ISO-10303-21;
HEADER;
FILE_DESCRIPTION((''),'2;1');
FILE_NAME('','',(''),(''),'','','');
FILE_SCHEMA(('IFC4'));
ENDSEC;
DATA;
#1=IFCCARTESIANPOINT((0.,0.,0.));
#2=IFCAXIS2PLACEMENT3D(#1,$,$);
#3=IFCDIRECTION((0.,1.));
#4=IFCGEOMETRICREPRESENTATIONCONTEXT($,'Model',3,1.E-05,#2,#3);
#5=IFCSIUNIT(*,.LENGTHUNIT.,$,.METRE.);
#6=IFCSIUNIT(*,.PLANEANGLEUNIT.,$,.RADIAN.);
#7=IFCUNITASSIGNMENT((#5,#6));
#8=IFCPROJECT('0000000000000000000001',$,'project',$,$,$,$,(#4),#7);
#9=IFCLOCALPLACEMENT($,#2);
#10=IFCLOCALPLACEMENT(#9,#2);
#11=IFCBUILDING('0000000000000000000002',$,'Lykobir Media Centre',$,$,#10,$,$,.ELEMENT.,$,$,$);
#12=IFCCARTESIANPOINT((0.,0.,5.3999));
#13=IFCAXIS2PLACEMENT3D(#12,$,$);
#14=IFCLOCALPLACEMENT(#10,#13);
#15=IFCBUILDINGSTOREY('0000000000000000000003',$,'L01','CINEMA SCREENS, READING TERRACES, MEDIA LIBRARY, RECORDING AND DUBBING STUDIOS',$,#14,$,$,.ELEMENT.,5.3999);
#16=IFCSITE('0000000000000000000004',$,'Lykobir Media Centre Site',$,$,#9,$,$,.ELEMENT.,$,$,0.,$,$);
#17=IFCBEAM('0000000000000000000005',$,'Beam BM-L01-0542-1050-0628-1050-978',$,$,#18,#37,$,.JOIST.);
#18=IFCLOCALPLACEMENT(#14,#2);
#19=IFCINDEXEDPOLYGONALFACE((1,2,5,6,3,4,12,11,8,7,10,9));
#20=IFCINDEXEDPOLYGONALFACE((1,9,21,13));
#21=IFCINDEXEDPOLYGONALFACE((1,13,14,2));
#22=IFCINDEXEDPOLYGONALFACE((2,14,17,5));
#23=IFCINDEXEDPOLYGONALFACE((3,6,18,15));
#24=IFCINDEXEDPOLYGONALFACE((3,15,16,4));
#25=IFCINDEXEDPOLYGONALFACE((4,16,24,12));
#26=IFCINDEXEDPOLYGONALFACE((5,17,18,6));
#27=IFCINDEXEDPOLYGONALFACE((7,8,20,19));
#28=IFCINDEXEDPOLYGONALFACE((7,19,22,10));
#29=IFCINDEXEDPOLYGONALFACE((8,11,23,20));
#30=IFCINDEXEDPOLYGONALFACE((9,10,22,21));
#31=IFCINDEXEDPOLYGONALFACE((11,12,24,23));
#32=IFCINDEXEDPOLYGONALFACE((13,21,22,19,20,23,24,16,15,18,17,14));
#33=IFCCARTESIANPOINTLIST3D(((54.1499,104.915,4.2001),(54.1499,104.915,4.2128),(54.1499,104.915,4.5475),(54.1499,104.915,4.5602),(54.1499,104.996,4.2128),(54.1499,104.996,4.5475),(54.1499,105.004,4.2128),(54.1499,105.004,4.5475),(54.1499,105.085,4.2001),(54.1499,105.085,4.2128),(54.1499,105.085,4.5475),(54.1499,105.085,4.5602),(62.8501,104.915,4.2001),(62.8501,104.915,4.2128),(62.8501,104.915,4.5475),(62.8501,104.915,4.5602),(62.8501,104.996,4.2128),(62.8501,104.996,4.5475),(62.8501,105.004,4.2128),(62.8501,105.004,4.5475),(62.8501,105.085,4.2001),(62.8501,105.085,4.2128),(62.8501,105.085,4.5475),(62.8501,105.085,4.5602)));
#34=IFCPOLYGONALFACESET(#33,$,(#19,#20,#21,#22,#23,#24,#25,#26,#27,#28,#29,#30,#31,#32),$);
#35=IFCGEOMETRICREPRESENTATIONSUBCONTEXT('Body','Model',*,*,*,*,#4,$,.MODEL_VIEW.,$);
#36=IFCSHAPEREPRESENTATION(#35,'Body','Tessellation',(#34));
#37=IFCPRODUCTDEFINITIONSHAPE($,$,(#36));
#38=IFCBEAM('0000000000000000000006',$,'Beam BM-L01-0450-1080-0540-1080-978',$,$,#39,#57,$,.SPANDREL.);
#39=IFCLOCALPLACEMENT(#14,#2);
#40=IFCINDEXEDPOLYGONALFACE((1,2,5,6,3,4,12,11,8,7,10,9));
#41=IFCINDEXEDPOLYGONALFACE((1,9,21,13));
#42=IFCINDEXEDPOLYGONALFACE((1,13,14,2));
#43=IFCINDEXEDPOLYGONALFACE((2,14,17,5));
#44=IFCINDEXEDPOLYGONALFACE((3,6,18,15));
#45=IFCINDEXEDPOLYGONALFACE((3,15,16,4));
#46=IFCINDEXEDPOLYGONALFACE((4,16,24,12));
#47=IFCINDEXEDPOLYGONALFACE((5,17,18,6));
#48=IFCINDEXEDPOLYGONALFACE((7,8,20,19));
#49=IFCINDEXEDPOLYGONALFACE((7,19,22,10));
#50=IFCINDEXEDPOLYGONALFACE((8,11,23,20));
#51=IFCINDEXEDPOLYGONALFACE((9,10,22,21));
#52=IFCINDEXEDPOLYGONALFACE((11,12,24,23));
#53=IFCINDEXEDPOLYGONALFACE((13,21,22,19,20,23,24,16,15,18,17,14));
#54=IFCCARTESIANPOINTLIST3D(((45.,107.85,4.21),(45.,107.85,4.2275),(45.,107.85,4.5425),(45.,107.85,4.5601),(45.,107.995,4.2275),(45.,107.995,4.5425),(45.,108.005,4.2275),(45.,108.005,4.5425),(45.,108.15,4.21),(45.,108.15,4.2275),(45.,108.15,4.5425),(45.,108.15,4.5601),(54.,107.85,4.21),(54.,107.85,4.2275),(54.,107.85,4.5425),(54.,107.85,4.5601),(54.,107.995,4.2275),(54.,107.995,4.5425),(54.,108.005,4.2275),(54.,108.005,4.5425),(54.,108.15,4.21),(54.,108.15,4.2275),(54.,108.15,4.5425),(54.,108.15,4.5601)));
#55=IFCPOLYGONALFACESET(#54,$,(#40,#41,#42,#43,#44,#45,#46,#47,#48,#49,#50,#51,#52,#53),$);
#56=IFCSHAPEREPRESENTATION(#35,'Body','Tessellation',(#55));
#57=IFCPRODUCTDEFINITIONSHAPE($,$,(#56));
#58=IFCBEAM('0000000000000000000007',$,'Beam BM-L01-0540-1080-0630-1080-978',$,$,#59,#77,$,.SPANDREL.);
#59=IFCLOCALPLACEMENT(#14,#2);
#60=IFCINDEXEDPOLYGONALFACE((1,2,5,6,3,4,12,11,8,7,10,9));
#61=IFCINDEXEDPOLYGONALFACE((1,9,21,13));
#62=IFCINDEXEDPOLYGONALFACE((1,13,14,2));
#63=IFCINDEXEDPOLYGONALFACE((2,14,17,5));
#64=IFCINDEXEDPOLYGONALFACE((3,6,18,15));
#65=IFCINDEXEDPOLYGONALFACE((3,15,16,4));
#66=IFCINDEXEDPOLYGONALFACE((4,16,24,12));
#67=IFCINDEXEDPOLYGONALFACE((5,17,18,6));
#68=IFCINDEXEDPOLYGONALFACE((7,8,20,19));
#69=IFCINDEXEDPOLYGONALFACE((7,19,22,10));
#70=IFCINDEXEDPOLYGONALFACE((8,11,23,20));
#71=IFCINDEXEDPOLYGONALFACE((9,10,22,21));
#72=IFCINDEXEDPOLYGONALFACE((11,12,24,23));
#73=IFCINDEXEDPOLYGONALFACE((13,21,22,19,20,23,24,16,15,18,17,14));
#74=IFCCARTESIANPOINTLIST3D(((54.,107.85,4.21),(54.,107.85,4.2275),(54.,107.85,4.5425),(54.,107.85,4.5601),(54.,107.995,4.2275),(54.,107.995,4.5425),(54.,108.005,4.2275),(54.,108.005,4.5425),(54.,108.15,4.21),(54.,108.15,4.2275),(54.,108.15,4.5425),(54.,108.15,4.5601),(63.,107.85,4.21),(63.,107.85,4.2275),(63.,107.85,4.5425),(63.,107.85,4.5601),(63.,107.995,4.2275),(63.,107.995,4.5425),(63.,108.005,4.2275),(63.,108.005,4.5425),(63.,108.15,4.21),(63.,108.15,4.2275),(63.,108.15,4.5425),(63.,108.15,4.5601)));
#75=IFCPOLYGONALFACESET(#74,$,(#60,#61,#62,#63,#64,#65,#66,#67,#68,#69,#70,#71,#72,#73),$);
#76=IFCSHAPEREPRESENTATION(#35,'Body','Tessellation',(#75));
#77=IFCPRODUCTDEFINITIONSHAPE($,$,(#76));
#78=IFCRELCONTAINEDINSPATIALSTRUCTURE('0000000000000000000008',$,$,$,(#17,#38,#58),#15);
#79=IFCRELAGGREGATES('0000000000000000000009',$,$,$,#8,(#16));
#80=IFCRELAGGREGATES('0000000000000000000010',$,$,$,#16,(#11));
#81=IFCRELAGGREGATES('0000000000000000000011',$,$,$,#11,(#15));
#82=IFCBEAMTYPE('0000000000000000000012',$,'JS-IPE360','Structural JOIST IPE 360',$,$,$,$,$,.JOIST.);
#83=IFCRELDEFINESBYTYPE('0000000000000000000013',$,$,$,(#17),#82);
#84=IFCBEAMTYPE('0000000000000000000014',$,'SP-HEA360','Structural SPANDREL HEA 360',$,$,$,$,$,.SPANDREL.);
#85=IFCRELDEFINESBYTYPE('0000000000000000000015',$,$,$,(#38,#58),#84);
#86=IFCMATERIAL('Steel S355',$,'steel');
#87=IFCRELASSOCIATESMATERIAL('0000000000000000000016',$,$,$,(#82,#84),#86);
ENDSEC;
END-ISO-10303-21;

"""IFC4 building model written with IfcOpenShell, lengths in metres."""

from ifc_helpers import new_model, si_unit, direction, frame, origin, origin_2d, place, context, subcontext, project, spatial, i_section, extrude, material, material_profile, profile_set, type_object, element, save


model = new_model("IFC4")

# Units and contexts
model_context = context("Model", 3, precision=1e-05, world=origin(), true_north=direction((0.0, 1.0)))
body_context = subcontext(model_context, "Body", "Model", "MODEL_VIEW")
ifc_project = project(units=[si_unit("LENGTHUNIT", "METRE"), si_unit("PLANEANGLEUNIT", "RADIAN")], contexts=[model_context])

# Site, building, storey
site_placement = place(None, origin())
site = spatial("IfcSite", under=ifc_project, at=site_placement, Name="Lykobir Media Centre Site", CompositionType="ELEMENT", RefElevation=0.0)
building_placement = place(site_placement, origin())
building = spatial("IfcBuilding", under=site, at=building_placement, Name="Lykobir Media Centre", CompositionType="ELEMENT")
storey_placement = place(building_placement, frame((0.0, 0.0, 5.3999)))
storey = spatial("IfcBuildingStorey", under=building, at=storey_placement, Name="L01", Description="CINEMA SCREENS, READING TERRACES, MEDIA LIBRARY, RECORDING AND DUBBING STUDIOS", CompositionType="ELEMENT", Elevation=5.3999)

# Shared definitions
ifc_material_1 = material(Name="Steel S355", Category="steel")

# Beams
ifc_material_profile_1 = material_profile(ifc_material_1, i_section(OverallWidth=0.1699, OverallDepth=0.3601, WebThickness=0.0081, FlangeThickness=0.0127, at=origin_2d()), Name="IPE 360")
ifc_profile_set_1 = profile_set([ifc_material_profile_1], Name="Steel S355")
beam_type_1 = type_object("IfcBeamType", Name="JS-IPE360", Description="Structural JOIST IPE 360", PredefinedType="JOIST", material=ifc_profile_set_1)
for number, where, z_axis, x_axis, name in (
    (1, (54.1499, 105.0, 4.3801), (1.0, 0.0, 0.0), (0.0, 1.0, 0.0), "Beam BM-L01-0542-1050-0628-1050-978"),
):
    element("IfcBeam", number, at=place(storey_placement, frame(where, z_axis=z_axis, x_axis=x_axis)), inside=storey, type_object=beam_type_1, Name=name, PredefinedType="JOIST", context=body_context, shape_type="SweptSolid", body=[
        extrude(i_section(OverallWidth=0.1699, OverallDepth=0.3601, WebThickness=0.0081, FlangeThickness=0.0127, at=origin_2d()), origin(), (0.0, 0.0, 1.0), 8.7002),
    ])
ifc_material_profile_2 = material_profile(ifc_material_1, i_section(OverallWidth=0.3, OverallDepth=0.3501, WebThickness=0.01, FlangeThickness=0.0176, at=origin_2d()), Name="HEA 360")
ifc_profile_set_2 = profile_set([ifc_material_profile_2], Name="Steel S355")
beam_type_2 = type_object("IfcBeamType", Name="SP-HEA360", Description="Structural SPANDREL HEA 360", PredefinedType="SPANDREL", material=ifc_profile_set_2)
for number, where, z_axis, x_axis, name in (
    (2, (45.0, 108.0, 4.385), (1.0, 0.0, 0.0), (0.0, 1.0, 0.0), "Beam BM-L01-0450-1080-0540-1080-978"),
    (3, (54.0, 108.0, 4.385), (1.0, 0.0, 0.0), (0.0, 1.0, 0.0), "Beam BM-L01-0540-1080-0630-1080-978"),
):
    element("IfcBeam", number, at=place(storey_placement, frame(where, z_axis=z_axis, x_axis=x_axis)), inside=storey, type_object=beam_type_2, Name=name, PredefinedType="SPANDREL", context=body_context, shape_type="SweptSolid", body=[
        extrude(i_section(OverallWidth=0.3, OverallDepth=0.3501, WebThickness=0.01, FlangeThickness=0.0176, at=origin_2d()), origin(), (0.0, 0.0, 1.0), 9.0),
    ])

save(model, "model.ifc")
